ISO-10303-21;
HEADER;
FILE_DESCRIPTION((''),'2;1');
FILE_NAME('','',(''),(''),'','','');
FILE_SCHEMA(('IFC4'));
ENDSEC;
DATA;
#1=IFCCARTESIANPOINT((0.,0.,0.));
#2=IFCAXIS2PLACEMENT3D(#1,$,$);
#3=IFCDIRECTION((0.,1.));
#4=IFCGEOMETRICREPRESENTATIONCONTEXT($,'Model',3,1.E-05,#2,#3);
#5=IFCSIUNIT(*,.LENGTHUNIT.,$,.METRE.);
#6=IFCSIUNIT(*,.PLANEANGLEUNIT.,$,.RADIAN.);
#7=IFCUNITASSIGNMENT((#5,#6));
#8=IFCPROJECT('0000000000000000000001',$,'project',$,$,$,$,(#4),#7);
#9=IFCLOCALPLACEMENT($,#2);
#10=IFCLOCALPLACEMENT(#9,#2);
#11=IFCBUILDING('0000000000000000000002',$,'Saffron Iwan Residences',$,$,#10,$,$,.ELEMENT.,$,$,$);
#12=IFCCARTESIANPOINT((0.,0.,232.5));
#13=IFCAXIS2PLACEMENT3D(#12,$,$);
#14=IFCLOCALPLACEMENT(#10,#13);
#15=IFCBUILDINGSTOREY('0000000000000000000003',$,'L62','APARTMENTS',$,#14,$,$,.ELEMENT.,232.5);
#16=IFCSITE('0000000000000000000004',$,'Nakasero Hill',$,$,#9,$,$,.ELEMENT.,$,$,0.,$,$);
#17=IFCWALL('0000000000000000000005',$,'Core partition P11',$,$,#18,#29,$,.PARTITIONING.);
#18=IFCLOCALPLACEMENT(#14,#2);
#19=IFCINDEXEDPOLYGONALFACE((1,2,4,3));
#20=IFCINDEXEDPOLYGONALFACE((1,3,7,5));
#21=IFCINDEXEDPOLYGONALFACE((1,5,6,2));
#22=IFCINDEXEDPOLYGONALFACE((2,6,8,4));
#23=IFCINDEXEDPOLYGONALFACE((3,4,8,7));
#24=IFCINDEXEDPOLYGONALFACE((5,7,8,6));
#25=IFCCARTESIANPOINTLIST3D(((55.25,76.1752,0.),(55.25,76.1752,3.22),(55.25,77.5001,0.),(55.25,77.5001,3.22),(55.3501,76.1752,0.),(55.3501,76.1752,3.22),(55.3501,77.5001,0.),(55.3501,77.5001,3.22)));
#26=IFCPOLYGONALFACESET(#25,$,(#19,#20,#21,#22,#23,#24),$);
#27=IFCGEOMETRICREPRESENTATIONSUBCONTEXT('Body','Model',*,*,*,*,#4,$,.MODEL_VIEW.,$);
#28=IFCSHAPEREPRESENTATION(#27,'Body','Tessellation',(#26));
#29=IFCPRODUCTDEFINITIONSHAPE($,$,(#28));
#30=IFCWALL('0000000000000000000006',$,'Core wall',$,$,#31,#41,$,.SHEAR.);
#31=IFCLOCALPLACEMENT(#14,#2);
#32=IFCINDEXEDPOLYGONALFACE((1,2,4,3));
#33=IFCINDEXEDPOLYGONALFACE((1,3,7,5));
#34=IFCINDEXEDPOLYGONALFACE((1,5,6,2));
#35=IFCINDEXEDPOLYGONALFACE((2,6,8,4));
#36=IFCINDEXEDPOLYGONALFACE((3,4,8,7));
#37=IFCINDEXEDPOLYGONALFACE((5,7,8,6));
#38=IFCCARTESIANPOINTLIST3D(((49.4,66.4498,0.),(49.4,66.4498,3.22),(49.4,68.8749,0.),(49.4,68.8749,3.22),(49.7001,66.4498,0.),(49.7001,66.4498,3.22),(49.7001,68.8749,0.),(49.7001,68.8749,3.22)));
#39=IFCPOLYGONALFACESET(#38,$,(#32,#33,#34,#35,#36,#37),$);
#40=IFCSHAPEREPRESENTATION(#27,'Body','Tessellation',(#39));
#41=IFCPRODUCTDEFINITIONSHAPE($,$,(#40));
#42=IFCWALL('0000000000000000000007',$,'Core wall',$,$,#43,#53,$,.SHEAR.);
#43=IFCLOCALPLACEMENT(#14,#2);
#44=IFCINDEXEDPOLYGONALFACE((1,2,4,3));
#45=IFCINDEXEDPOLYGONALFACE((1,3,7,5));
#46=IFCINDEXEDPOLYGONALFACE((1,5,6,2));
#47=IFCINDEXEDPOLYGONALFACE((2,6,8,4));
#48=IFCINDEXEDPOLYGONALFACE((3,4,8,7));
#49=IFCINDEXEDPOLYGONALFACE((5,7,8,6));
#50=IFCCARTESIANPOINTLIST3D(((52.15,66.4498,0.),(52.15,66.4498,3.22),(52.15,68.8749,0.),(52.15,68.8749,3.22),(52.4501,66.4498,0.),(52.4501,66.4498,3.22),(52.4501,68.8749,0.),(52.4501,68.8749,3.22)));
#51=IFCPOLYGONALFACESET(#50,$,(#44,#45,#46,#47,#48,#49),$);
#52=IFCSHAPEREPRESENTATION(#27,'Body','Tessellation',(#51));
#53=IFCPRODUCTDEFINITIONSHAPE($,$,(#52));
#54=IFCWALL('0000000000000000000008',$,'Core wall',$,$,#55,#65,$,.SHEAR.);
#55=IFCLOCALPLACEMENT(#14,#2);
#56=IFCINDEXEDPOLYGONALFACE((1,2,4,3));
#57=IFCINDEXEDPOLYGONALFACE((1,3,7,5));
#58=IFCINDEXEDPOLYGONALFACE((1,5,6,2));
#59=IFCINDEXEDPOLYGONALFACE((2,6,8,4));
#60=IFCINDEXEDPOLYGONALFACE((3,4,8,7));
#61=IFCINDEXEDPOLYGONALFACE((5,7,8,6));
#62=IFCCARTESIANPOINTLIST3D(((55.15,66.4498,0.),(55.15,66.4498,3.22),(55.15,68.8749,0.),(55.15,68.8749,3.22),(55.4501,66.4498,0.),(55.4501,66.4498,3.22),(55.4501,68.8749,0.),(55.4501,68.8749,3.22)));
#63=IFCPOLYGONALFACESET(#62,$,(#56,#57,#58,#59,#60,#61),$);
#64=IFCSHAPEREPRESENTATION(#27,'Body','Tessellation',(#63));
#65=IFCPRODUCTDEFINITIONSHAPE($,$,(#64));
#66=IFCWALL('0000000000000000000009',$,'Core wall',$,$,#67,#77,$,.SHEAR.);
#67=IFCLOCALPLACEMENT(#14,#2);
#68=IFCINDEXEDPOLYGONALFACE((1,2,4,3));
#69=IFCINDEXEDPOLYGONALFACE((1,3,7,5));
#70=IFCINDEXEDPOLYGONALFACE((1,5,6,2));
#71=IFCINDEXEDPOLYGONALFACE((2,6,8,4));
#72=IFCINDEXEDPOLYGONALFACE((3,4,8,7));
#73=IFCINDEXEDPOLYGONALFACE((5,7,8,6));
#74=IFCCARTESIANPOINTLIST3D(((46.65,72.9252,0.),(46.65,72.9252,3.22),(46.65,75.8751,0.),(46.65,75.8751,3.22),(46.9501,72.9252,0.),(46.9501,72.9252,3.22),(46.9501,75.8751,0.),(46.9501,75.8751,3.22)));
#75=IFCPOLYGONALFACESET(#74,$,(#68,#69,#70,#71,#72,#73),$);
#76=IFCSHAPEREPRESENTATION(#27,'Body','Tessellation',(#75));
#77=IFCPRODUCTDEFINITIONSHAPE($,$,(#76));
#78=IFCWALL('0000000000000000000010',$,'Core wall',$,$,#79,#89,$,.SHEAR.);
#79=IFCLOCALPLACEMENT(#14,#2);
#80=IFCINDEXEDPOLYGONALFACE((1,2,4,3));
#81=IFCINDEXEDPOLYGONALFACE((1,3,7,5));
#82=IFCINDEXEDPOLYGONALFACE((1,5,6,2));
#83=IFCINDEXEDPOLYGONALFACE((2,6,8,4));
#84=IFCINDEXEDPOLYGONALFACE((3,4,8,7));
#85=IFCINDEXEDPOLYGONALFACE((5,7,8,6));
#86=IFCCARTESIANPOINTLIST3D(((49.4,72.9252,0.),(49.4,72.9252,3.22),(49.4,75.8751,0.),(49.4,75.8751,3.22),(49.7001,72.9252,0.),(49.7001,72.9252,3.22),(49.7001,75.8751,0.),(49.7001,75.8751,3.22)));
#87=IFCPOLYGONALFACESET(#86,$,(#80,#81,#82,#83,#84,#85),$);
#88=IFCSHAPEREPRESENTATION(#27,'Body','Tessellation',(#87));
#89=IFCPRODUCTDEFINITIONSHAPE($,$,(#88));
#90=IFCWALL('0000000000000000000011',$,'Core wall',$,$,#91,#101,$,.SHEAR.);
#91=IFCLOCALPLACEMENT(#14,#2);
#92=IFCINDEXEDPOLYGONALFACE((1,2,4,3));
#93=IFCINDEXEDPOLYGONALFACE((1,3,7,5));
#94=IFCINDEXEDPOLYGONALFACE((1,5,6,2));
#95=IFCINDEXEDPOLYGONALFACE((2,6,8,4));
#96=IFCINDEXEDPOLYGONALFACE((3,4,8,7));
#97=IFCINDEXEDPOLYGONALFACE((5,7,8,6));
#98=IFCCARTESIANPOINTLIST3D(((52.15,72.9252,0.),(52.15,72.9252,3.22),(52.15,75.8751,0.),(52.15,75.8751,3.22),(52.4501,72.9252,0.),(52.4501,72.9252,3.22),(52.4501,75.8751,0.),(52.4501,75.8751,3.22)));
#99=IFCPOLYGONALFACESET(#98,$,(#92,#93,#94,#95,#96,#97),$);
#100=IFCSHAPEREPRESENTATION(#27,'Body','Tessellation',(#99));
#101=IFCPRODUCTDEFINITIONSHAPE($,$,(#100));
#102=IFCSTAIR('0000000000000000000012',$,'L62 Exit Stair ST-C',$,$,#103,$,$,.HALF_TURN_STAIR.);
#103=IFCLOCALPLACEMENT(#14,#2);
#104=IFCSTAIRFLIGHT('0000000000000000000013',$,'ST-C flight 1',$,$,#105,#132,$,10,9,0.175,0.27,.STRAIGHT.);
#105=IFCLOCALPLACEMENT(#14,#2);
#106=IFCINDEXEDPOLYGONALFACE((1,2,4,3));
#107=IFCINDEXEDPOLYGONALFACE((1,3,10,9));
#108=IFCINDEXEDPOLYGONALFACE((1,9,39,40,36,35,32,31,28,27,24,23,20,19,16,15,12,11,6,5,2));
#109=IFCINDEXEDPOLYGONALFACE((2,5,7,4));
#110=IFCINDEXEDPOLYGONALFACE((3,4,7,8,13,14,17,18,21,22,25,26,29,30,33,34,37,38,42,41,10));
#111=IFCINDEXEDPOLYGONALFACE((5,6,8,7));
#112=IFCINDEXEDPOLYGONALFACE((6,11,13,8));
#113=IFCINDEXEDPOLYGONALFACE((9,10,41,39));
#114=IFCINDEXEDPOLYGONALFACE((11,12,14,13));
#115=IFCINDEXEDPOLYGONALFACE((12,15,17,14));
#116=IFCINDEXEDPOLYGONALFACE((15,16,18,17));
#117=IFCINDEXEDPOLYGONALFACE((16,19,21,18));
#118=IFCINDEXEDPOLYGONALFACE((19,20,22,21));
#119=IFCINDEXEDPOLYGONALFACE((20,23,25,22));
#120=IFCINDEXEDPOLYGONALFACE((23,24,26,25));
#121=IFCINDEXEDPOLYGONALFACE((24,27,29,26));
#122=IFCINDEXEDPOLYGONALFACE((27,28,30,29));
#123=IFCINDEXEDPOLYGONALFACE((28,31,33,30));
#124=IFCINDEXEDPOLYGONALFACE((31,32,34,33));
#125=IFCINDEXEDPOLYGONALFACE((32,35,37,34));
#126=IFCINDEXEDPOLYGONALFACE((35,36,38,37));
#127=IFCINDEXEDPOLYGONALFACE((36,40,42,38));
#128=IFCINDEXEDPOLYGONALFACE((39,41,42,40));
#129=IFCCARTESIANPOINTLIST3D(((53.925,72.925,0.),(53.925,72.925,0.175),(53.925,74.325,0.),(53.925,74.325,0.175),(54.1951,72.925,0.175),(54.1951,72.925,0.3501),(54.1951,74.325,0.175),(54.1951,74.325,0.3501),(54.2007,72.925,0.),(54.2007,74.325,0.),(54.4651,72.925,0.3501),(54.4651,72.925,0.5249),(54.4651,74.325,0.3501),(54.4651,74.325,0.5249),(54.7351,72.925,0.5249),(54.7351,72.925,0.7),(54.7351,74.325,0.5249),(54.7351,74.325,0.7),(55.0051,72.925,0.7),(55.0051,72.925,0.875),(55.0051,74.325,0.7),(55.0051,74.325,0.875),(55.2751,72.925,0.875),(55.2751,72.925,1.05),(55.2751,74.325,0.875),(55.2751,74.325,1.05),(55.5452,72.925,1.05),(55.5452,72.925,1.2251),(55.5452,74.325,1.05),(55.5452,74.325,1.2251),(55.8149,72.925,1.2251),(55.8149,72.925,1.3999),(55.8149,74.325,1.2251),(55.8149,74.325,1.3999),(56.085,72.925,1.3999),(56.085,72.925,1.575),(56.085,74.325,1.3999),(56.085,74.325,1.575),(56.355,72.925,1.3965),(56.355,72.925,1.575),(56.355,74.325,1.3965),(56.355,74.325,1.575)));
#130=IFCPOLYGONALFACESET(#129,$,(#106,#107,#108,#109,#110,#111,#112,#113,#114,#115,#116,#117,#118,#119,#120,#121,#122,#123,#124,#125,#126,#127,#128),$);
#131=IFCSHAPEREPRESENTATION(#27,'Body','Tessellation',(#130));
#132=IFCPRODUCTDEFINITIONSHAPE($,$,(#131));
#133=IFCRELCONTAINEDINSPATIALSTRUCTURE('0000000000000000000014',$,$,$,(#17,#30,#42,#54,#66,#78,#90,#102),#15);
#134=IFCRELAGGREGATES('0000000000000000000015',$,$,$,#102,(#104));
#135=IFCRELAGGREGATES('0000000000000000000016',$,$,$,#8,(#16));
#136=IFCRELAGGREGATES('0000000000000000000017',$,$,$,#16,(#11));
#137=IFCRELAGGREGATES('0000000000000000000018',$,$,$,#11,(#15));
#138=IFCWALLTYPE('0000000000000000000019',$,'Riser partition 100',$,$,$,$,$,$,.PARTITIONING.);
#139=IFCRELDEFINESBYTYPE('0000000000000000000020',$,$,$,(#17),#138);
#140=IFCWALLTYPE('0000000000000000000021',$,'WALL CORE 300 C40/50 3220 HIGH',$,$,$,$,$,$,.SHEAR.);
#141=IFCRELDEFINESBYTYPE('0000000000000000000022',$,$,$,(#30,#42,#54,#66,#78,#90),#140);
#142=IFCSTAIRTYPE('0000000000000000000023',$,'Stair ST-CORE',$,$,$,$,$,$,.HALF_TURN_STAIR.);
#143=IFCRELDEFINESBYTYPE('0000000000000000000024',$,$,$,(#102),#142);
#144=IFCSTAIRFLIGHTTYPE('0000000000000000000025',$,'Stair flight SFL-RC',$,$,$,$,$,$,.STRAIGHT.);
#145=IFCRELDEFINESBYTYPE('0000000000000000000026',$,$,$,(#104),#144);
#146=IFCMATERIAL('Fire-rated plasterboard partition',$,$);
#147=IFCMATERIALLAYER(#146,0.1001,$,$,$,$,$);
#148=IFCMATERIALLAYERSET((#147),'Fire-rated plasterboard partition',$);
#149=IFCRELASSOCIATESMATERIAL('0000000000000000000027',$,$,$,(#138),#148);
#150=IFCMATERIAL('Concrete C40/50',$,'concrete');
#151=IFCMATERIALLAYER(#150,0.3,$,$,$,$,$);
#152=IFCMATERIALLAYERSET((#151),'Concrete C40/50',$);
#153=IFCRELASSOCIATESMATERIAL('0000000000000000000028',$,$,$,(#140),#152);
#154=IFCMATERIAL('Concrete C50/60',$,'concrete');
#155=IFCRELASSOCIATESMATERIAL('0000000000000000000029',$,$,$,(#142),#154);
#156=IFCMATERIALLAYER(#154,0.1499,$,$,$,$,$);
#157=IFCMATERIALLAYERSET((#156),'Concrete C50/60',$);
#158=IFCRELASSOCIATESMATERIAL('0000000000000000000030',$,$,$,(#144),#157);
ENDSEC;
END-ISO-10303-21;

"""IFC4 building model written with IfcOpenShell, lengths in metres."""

from ifc_helpers import new_model, si_unit, direction, frame, frame_2d, origin, place, context, subcontext, project, spatial, polyline, rectangle, outline, extrude, material, layer, layer_set, type_object, element, aggregate, save


model = new_model("IFC4")

# Units and contexts
model_context = context("Model", 3, precision=1e-05, world=origin(), true_north=direction((0.0, 1.0)))
body_context = subcontext(model_context, "Body", "Model", "MODEL_VIEW")
ifc_project = project(units=[si_unit("LENGTHUNIT", "METRE"), si_unit("PLANEANGLEUNIT", "RADIAN")], contexts=[model_context])

# Site, building, storey
site_placement = place(None, origin())
site = spatial("IfcSite", under=ifc_project, at=site_placement, Name="Nakasero Hill", CompositionType="ELEMENT", RefElevation=0.0)
building_placement = place(site_placement, origin())
building = spatial("IfcBuilding", under=site, at=building_placement, Name="Saffron Iwan Residences", CompositionType="ELEMENT")
storey_placement = place(building_placement, frame((0.0, 0.0, 232.5)))
storey = spatial("IfcBuildingStorey", under=building, at=storey_placement, Name="L62", Description="APARTMENTS", CompositionType="ELEMENT", Elevation=232.5)

# Shared definitions
ifc_material_1 = material(Name="Concrete C40/50", Category="concrete")

# Shared definitions
ifc_material_2 = material(Name="Fire-rated plasterboard partition")

# Walls
ifc_layer_1 = layer(ifc_material_2, 0.1001)
ifc_layer_set_1 = layer_set([ifc_layer_1], Name="Fire-rated plasterboard partition")
wall_type_1 = type_object("IfcWallType", Name="Riser partition 100", PredefinedType="PARTITIONING", material=ifc_layer_set_1)
for number, where, z_axis, x_axis, name in (
    (1, (55.3, 76.175, 0.0), (0.0, 0.0, 1.0), (0.0, 1.0, 0.0), "Core partition P11"),
):
    element("IfcWall", number, at=place(storey_placement, frame(where, z_axis=z_axis, x_axis=x_axis)), inside=storey, type_object=wall_type_1, Name=name, PredefinedType="PARTITIONING", context=body_context, shape_type="SweptSolid", body=[
        extrude(rectangle(XDim=1.325, YDim=0.1001, at=frame_2d((0.6626, 0.0))), origin(), (0.0, 0.0, 1.0), 3.22),
    ])
ifc_layer_2 = layer(ifc_material_1, 0.3)
ifc_layer_set_2 = layer_set([ifc_layer_2], Name="Concrete C40/50")
wall_type_2 = type_object("IfcWallType", Name="WALL CORE 300 C40/50 3220 HIGH", PredefinedType="SHEAR", material=ifc_layer_set_2)
for number, where, z_axis, x_axis, name in (
    (2, (49.55, 66.45, 0.0), (0.0, 0.0, 1.0), (0.0, 1.0, 0.0), "Core wall"),
    (3, (52.3, 66.45, 0.0), (0.0, 0.0, 1.0), (0.0, 1.0, 0.0), "Core wall"),
    (4, (55.3, 66.45, 0.0), (0.0, 0.0, 1.0), (0.0, 1.0, 0.0), "Core wall"),
):
    element("IfcWall", number, at=place(storey_placement, frame(where, z_axis=z_axis, x_axis=x_axis)), inside=storey, type_object=wall_type_2, Name=name, PredefinedType="SHEAR", context=body_context, shape_type="SweptSolid", body=[
        extrude(rectangle(XDim=2.425, YDim=0.3, at=frame_2d((1.2124, 0.0))), origin(), (0.0, 0.0, 1.0), 3.22),
    ])
for number, where, z_axis, x_axis, name in (
    (5, (46.8, 72.925, 0.0), (0.0, 0.0, 1.0), (0.0, 1.0, 0.0), "Core wall"),
    (6, (49.55, 72.925, 0.0), (0.0, 0.0, 1.0), (0.0, 1.0, 0.0), "Core wall"),
    (7, (52.3, 72.925, 0.0), (0.0, 0.0, 1.0), (0.0, 1.0, 0.0), "Core wall"),
):
    element("IfcWall", number, at=place(storey_placement, frame(where, z_axis=z_axis, x_axis=x_axis)), inside=storey, type_object=wall_type_2, Name=name, PredefinedType="SHEAR", context=body_context, shape_type="SweptSolid", body=[
        extrude(rectangle(XDim=2.95, YDim=0.3, at=frame_2d((1.4751, 0.0))), origin(), (0.0, 0.0, 1.0), 3.22),
    ])

# Stair, stair flight
ifc_material_3 = material(Name="Concrete C50/60", Category="concrete")
stair_type = type_object("IfcStairType", Name="Stair ST-CORE", PredefinedType="HALF_TURN_STAIR", material=ifc_material_3)
stair_placement = place(storey_placement, origin())
stair = element("IfcStair", 8, at=stair_placement, inside=storey, type_object=stair_type, Name="L62 Exit Stair ST-C", PredefinedType="HALF_TURN_STAIR")
ifc_layer_3 = layer(ifc_material_3, 0.1499)
ifc_layer_set_3 = layer_set([ifc_layer_3], Name="Concrete C50/60")
stair_flight_type = type_object("IfcStairFlightType", Name="Stair flight SFL-RC", PredefinedType="STRAIGHT", material=ifc_layer_set_3)
stair_flight_placement = place(storey_placement, frame((53.925, 73.625, 0.0), z_axis=(0.0, 0.0, 1.0), x_axis=(1.0, 0.0, 0.0)))
stair_flight = element("IfcStairFlight", 9, at=stair_flight_placement, type_object=stair_flight_type, Name="ST-C flight 1", NumberOfRisers=10, NumberOfTreads=9, PredefinedType="STRAIGHT", RiserHeight=0.175, TreadLength=0.27, context=body_context, shape_type="SweptSolid", body=[
    extrude(outline(polyline([(0.0, 0.0), (0.0, 0.175), (0.27, 0.175), (0.27, 0.3501), (0.54, 0.3501), (0.54, 0.5249), (0.8101, 0.5249), (0.8101, 0.7), (1.0801, 0.7), (1.0801, 0.875), (1.3501, 0.875), (1.3501, 1.05), (1.6201, 1.05), (1.6201, 1.2251), (1.8899, 1.2251), (1.8899, 1.3999), (2.1599, 1.3999), (2.1599, 1.575), (2.4299, 1.575), (2.4299, 1.75), (2.4299, 1.3965), (0.2756, 0.0), (0.0, 0.0)])), frame((0.0, 0.7, 0.0), z_axis=(0.0, -1.0, 0.0), x_axis=(1.0, 0.0, 0.0)), (0.0, 0.0, 1.0), 1.3999),
])
aggregate(stair, [stair_flight])

save(model, "model.ifc")
